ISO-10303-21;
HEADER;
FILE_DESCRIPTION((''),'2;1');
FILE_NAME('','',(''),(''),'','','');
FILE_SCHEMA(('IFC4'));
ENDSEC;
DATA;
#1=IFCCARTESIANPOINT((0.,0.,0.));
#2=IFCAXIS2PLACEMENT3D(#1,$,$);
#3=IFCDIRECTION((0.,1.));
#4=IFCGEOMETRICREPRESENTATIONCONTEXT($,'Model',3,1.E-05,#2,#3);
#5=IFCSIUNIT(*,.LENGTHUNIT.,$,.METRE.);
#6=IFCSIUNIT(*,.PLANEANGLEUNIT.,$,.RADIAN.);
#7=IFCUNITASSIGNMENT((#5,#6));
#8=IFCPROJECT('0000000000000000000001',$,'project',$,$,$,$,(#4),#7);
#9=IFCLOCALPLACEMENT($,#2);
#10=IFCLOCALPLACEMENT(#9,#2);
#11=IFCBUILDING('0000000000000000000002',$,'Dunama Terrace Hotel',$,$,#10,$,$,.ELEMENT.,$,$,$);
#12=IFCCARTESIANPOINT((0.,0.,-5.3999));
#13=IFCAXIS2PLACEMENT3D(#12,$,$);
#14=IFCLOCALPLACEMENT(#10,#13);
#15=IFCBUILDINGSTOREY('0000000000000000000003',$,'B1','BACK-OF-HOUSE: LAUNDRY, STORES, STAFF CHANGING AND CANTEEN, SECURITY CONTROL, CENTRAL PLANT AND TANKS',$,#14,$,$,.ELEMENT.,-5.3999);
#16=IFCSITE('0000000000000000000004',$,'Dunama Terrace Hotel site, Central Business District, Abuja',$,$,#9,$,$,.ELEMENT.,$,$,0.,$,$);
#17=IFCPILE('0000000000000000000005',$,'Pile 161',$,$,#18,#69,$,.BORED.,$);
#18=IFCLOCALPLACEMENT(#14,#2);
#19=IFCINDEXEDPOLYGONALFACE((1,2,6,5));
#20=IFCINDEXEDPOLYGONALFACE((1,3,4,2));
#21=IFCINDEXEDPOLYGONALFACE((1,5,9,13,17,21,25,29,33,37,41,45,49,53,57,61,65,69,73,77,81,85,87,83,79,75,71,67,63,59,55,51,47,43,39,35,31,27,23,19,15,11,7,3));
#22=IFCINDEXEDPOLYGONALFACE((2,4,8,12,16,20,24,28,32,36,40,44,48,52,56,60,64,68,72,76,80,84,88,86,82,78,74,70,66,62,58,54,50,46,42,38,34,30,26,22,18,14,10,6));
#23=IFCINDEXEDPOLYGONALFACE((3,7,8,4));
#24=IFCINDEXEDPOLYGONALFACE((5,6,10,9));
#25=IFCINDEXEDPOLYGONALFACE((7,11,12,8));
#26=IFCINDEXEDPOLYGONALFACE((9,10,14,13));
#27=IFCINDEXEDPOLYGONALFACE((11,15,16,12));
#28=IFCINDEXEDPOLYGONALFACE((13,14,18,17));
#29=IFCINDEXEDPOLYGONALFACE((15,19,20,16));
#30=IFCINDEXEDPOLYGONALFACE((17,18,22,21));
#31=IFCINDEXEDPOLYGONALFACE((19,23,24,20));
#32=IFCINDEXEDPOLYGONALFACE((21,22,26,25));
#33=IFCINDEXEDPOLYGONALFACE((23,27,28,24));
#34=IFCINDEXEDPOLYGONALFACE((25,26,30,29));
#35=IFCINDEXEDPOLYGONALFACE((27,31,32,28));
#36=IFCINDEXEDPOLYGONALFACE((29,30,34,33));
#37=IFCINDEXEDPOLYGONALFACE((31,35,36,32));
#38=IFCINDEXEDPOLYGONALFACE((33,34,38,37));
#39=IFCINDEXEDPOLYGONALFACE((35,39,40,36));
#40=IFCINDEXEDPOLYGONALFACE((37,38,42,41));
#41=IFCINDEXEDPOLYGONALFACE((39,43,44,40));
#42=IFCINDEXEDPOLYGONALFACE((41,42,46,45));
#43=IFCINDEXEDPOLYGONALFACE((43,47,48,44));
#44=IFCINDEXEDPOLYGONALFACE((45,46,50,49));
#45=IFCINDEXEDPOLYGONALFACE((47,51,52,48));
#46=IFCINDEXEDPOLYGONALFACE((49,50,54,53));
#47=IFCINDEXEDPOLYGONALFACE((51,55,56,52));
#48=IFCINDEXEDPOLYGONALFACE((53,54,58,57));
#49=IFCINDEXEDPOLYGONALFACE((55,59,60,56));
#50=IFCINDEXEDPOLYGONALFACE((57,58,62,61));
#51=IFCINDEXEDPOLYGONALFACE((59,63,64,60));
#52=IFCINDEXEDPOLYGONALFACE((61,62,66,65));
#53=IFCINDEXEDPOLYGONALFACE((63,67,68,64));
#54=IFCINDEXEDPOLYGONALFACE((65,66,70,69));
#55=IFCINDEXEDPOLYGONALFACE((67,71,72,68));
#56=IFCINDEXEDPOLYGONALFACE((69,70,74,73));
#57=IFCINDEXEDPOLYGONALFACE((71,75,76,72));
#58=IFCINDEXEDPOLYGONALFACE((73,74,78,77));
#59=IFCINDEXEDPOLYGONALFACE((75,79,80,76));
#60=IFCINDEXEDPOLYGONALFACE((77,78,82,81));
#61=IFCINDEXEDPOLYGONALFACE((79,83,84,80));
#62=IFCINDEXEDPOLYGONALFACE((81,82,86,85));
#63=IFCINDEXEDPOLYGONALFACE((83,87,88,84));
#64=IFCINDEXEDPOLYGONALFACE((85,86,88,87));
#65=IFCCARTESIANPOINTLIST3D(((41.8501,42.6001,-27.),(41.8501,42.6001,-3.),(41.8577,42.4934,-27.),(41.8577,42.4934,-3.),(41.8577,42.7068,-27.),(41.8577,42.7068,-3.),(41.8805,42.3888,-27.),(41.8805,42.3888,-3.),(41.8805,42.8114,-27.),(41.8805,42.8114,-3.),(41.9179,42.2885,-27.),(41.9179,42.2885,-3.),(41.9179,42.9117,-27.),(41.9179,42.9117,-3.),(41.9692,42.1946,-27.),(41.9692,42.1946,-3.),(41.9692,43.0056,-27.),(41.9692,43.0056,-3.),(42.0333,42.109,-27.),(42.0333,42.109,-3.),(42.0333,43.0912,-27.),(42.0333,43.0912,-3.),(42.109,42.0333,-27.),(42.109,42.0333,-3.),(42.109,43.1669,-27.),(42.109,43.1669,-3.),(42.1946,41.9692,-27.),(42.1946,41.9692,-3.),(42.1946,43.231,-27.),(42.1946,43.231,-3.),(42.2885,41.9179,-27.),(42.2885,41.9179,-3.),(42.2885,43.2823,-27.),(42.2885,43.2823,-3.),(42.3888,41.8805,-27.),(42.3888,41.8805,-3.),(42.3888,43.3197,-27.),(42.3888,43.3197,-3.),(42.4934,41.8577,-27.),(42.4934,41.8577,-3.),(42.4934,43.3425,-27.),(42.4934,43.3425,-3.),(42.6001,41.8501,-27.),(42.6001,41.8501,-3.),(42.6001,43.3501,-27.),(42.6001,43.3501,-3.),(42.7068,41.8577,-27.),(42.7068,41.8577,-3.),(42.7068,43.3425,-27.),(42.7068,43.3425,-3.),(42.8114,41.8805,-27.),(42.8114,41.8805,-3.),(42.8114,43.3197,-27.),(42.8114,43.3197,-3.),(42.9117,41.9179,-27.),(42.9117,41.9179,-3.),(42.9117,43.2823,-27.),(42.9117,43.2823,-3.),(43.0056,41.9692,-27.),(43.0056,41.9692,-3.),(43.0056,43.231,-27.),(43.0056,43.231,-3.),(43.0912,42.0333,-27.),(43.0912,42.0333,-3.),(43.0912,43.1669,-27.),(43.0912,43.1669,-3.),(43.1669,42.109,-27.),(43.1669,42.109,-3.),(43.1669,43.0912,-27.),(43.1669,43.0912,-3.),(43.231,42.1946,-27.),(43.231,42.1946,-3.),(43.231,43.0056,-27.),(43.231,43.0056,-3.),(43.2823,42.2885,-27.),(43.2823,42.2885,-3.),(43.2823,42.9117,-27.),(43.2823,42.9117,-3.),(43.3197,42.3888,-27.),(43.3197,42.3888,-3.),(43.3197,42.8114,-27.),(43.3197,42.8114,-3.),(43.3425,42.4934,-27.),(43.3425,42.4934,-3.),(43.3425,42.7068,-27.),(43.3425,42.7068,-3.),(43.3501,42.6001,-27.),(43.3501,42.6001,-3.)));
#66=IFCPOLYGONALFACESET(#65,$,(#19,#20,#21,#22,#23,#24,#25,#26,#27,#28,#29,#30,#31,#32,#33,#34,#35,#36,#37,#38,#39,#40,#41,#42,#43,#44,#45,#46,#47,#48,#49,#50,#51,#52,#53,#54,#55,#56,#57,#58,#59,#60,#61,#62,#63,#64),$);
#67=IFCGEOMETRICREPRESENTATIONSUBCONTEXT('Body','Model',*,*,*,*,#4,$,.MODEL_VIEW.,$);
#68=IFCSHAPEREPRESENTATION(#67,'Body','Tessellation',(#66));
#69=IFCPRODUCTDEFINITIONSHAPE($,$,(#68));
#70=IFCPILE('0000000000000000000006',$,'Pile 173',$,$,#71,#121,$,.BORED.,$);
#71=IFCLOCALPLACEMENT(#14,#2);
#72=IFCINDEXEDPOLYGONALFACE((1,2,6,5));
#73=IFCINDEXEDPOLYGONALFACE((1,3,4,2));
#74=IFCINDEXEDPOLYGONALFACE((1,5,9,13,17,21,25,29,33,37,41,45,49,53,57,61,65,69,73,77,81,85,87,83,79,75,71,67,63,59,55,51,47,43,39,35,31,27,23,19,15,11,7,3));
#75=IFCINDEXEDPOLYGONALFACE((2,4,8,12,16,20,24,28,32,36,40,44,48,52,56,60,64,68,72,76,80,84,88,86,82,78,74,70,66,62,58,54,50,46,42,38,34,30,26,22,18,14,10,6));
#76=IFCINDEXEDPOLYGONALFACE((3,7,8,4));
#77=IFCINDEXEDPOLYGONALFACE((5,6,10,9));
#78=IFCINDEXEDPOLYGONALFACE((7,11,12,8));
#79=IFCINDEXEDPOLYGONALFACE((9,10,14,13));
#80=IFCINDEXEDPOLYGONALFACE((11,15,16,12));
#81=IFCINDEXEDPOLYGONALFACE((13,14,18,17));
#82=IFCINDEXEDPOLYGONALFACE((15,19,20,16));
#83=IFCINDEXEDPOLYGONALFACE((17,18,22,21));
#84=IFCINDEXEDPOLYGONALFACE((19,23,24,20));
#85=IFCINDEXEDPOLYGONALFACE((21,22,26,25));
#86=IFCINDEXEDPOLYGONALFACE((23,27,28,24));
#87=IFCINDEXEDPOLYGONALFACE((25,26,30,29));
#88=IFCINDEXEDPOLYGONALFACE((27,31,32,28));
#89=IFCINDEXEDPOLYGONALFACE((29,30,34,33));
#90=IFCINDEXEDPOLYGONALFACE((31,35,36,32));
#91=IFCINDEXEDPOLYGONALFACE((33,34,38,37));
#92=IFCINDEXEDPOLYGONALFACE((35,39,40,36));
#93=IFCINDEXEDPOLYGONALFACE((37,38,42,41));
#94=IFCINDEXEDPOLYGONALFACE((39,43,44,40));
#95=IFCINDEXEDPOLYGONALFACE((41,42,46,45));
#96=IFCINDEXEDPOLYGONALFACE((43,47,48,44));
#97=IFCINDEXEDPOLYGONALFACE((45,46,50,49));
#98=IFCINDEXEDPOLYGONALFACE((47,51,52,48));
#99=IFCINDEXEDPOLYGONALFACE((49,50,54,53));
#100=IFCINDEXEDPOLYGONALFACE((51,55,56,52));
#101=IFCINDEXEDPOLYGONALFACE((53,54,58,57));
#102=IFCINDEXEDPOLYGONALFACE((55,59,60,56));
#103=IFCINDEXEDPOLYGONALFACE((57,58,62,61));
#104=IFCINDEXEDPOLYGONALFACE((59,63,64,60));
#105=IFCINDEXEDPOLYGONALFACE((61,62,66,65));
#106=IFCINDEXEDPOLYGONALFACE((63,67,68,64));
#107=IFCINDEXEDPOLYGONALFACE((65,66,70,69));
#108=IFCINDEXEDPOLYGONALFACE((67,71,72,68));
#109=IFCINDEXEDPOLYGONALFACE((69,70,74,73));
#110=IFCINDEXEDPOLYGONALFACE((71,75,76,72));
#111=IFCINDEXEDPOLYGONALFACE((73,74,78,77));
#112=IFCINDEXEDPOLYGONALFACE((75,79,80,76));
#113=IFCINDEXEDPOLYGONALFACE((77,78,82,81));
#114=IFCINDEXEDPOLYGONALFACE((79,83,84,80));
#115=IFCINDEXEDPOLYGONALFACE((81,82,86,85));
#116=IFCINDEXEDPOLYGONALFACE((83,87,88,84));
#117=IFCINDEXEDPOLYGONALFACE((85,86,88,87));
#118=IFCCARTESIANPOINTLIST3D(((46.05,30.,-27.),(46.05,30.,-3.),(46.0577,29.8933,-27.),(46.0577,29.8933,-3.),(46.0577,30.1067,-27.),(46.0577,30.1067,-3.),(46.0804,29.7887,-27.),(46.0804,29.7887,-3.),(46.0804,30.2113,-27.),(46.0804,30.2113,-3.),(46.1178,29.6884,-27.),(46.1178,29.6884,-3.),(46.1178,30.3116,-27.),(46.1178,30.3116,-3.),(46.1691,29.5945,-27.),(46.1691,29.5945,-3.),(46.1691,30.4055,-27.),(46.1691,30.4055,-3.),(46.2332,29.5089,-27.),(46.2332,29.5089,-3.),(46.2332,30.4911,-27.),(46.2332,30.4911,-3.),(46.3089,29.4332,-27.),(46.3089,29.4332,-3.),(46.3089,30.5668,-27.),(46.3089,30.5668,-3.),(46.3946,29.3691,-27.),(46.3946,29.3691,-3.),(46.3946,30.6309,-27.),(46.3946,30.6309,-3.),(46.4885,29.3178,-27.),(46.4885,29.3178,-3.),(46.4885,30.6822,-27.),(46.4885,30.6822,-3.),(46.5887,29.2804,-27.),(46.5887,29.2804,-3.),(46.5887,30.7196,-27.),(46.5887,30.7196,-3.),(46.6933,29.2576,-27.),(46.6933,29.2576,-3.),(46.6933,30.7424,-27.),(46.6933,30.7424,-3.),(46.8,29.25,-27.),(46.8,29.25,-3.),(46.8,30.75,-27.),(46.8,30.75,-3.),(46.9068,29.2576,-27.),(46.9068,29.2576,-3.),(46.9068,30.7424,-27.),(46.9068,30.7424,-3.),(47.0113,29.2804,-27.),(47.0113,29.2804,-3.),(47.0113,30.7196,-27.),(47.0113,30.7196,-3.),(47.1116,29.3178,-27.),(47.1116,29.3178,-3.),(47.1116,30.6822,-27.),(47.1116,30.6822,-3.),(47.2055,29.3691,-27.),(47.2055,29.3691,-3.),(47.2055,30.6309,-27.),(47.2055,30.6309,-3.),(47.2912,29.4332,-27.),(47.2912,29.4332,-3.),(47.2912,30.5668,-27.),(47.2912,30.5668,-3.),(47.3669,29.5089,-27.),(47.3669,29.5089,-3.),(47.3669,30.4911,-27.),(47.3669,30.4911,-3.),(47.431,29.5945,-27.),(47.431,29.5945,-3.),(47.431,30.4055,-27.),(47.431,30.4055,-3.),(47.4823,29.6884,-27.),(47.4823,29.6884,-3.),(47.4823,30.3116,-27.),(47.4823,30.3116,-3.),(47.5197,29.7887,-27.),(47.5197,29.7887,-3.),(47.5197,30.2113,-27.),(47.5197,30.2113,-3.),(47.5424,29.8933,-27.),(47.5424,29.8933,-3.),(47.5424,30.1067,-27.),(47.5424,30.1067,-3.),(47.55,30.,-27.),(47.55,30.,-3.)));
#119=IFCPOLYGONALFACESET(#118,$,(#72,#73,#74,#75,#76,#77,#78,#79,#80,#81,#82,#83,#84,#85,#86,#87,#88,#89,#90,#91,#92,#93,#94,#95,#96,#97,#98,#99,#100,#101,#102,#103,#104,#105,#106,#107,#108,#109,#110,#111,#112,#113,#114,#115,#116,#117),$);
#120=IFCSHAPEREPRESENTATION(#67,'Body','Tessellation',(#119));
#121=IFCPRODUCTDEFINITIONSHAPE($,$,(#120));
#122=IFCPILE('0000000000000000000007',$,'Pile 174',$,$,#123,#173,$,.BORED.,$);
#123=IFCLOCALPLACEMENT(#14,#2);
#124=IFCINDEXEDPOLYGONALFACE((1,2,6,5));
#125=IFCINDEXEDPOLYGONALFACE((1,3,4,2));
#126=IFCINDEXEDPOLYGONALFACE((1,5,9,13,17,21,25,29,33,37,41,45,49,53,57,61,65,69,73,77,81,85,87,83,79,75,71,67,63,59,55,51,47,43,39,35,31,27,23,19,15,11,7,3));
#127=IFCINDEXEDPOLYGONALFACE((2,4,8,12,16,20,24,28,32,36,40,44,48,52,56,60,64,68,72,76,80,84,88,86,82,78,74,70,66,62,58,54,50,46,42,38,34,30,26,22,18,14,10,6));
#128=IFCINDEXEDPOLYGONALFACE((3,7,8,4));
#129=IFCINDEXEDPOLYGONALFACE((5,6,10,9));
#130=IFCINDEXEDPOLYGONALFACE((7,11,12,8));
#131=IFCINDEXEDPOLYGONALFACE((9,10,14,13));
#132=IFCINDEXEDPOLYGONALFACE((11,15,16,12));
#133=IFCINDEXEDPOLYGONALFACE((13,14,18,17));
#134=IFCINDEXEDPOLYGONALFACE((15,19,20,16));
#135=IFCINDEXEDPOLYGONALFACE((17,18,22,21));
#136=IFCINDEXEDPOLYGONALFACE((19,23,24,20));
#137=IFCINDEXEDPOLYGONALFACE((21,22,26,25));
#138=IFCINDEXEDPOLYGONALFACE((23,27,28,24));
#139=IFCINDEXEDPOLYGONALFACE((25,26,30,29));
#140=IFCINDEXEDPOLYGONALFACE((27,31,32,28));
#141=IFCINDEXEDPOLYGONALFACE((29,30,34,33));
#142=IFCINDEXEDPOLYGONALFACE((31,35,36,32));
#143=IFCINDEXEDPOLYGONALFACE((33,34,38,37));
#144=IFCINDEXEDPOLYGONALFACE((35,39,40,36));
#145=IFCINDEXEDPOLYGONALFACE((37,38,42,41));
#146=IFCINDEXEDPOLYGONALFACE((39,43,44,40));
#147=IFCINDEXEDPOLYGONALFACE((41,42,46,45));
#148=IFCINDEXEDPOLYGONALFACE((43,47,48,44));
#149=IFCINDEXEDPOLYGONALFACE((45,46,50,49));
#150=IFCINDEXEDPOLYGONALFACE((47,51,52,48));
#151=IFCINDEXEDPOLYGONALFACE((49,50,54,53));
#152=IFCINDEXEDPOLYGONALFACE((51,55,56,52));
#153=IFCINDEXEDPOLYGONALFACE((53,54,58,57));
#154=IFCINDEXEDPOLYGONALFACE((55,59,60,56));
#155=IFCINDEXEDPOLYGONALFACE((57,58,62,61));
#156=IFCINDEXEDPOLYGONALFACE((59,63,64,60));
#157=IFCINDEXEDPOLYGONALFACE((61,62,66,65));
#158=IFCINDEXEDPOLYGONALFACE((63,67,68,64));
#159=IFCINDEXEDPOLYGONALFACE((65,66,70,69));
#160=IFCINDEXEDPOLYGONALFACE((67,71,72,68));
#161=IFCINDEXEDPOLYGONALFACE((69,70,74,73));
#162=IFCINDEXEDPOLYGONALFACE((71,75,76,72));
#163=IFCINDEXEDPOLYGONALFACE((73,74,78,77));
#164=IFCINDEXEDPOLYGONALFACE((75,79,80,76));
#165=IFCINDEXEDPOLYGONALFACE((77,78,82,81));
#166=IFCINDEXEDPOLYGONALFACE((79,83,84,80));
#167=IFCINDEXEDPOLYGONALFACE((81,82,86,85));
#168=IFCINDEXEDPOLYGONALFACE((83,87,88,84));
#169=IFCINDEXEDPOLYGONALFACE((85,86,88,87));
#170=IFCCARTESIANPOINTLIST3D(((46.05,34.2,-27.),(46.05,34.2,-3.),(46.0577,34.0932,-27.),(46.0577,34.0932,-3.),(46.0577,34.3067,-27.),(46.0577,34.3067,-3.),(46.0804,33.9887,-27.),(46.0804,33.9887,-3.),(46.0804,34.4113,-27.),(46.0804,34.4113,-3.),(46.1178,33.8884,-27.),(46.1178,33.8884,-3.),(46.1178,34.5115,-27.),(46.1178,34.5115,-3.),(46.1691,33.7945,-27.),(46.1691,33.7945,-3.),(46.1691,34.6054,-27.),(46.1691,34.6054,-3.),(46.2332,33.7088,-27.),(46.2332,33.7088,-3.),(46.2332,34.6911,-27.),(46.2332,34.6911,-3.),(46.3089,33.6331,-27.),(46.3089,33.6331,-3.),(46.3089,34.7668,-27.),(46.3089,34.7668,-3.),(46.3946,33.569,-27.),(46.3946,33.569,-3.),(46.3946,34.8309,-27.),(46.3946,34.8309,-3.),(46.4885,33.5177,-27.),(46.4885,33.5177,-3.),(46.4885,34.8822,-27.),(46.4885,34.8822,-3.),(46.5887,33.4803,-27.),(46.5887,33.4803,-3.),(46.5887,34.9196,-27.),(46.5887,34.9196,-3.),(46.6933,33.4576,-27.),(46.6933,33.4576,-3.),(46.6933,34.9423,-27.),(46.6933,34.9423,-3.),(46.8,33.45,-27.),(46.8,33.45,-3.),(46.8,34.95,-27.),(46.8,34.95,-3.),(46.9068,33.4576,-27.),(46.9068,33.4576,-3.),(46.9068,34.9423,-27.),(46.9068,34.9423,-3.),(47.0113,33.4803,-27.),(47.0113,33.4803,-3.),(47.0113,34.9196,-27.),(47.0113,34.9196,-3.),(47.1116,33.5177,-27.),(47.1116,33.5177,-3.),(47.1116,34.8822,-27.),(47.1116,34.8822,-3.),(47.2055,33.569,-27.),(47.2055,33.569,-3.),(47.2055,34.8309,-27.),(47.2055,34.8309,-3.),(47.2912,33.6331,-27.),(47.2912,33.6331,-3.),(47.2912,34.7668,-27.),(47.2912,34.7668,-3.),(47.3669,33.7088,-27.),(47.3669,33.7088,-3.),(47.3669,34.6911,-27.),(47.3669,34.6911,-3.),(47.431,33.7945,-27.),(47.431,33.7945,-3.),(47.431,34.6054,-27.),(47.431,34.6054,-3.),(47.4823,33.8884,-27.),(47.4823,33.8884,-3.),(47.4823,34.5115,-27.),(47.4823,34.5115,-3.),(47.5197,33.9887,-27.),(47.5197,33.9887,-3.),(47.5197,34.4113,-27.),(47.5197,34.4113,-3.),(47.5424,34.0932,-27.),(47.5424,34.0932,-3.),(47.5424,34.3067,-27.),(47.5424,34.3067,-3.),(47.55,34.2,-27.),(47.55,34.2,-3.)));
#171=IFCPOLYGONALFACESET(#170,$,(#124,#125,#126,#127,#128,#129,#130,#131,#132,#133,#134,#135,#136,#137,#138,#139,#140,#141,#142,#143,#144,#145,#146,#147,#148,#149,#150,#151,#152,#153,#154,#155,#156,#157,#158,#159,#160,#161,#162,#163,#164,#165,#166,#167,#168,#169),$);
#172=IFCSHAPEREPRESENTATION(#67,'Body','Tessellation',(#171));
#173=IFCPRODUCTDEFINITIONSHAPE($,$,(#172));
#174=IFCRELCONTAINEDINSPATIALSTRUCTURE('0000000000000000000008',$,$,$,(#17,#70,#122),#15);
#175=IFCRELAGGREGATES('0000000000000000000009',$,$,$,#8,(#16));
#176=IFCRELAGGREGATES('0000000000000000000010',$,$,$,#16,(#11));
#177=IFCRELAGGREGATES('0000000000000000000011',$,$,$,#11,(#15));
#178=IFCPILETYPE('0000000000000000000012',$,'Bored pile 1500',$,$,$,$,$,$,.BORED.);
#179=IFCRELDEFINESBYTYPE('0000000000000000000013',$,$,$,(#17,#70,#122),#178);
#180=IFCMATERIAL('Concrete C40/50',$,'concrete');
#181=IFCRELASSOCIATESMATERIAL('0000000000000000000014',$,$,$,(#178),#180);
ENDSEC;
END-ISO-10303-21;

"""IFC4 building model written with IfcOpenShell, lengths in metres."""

from ifc_helpers import new_model, si_unit, direction, frame, origin, origin_2d, place, context, subcontext, project, spatial, circle, extrude, material, material_profile, profile_set, type_object, element, save


model = new_model("IFC4")

# Units and contexts
model_context = context("Model", 3, precision=1e-05, world=origin(), true_north=direction((0.0, 1.0)))
body_context = subcontext(model_context, "Body", "Model", "MODEL_VIEW")
ifc_project = project(units=[si_unit("LENGTHUNIT", "METRE"), si_unit("PLANEANGLEUNIT", "RADIAN")], contexts=[model_context])

# Site, building, storey
site_placement = place(None, origin())
site = spatial("IfcSite", under=ifc_project, at=site_placement, Name="Dunama Terrace Hotel site, Central Business District, Abuja", CompositionType="ELEMENT", RefElevation=0.0)
building_placement = place(site_placement, origin())
building = spatial("IfcBuilding", under=site, at=building_placement, Name="Dunama Terrace Hotel", CompositionType="ELEMENT")
storey_placement = place(building_placement, frame((0.0, 0.0, -5.3999)))
storey = spatial("IfcBuildingStorey", under=building, at=storey_placement, Name="B1", Description="BACK-OF-HOUSE: LAUNDRY, STORES, STAFF CHANGING AND CANTEEN, SECURITY CONTROL, CENTRAL PLANT AND TANKS", CompositionType="ELEMENT", Elevation=-5.3999)

# Piles
ifc_material_1 = material(Name="Concrete C40/50", Category="concrete")
ifc_material_profile_1 = material_profile(ifc_material_1, circle(Radius=0.75, at=origin_2d()), Name="PILE D1500")
ifc_profile_set_1 = profile_set([ifc_material_profile_1], Name="Concrete C40/50")
pile_type = type_object("IfcPileType", Name="Bored pile 1500", PredefinedType="BORED", material=ifc_profile_set_1)
for number, where, z_axis, x_axis, name in (
    (1, (42.6001, 42.6001, -3.0), (0.0, 0.0, -1.0), (1.0, 0.0, 0.0), "Pile 161"),
    (2, (46.8, 30.0, -3.0), (0.0, 0.0, -1.0), (1.0, 0.0, 0.0), "Pile 173"),
    (3, (46.8, 34.2, -3.0), (0.0, 0.0, -1.0), (1.0, 0.0, 0.0), "Pile 174"),
):
    element("IfcPile", number, at=place(storey_placement, frame(where, z_axis=z_axis, x_axis=x_axis)), inside=storey, type_object=pile_type, Name=name, PredefinedType="BORED", context=body_context, shape_type="SweptSolid", body=[
        extrude(circle(Radius=0.75, at=origin_2d()), origin(), (0.0, 0.0, 1.0), 24.0),
    ])

save(model, "model.ifc")
